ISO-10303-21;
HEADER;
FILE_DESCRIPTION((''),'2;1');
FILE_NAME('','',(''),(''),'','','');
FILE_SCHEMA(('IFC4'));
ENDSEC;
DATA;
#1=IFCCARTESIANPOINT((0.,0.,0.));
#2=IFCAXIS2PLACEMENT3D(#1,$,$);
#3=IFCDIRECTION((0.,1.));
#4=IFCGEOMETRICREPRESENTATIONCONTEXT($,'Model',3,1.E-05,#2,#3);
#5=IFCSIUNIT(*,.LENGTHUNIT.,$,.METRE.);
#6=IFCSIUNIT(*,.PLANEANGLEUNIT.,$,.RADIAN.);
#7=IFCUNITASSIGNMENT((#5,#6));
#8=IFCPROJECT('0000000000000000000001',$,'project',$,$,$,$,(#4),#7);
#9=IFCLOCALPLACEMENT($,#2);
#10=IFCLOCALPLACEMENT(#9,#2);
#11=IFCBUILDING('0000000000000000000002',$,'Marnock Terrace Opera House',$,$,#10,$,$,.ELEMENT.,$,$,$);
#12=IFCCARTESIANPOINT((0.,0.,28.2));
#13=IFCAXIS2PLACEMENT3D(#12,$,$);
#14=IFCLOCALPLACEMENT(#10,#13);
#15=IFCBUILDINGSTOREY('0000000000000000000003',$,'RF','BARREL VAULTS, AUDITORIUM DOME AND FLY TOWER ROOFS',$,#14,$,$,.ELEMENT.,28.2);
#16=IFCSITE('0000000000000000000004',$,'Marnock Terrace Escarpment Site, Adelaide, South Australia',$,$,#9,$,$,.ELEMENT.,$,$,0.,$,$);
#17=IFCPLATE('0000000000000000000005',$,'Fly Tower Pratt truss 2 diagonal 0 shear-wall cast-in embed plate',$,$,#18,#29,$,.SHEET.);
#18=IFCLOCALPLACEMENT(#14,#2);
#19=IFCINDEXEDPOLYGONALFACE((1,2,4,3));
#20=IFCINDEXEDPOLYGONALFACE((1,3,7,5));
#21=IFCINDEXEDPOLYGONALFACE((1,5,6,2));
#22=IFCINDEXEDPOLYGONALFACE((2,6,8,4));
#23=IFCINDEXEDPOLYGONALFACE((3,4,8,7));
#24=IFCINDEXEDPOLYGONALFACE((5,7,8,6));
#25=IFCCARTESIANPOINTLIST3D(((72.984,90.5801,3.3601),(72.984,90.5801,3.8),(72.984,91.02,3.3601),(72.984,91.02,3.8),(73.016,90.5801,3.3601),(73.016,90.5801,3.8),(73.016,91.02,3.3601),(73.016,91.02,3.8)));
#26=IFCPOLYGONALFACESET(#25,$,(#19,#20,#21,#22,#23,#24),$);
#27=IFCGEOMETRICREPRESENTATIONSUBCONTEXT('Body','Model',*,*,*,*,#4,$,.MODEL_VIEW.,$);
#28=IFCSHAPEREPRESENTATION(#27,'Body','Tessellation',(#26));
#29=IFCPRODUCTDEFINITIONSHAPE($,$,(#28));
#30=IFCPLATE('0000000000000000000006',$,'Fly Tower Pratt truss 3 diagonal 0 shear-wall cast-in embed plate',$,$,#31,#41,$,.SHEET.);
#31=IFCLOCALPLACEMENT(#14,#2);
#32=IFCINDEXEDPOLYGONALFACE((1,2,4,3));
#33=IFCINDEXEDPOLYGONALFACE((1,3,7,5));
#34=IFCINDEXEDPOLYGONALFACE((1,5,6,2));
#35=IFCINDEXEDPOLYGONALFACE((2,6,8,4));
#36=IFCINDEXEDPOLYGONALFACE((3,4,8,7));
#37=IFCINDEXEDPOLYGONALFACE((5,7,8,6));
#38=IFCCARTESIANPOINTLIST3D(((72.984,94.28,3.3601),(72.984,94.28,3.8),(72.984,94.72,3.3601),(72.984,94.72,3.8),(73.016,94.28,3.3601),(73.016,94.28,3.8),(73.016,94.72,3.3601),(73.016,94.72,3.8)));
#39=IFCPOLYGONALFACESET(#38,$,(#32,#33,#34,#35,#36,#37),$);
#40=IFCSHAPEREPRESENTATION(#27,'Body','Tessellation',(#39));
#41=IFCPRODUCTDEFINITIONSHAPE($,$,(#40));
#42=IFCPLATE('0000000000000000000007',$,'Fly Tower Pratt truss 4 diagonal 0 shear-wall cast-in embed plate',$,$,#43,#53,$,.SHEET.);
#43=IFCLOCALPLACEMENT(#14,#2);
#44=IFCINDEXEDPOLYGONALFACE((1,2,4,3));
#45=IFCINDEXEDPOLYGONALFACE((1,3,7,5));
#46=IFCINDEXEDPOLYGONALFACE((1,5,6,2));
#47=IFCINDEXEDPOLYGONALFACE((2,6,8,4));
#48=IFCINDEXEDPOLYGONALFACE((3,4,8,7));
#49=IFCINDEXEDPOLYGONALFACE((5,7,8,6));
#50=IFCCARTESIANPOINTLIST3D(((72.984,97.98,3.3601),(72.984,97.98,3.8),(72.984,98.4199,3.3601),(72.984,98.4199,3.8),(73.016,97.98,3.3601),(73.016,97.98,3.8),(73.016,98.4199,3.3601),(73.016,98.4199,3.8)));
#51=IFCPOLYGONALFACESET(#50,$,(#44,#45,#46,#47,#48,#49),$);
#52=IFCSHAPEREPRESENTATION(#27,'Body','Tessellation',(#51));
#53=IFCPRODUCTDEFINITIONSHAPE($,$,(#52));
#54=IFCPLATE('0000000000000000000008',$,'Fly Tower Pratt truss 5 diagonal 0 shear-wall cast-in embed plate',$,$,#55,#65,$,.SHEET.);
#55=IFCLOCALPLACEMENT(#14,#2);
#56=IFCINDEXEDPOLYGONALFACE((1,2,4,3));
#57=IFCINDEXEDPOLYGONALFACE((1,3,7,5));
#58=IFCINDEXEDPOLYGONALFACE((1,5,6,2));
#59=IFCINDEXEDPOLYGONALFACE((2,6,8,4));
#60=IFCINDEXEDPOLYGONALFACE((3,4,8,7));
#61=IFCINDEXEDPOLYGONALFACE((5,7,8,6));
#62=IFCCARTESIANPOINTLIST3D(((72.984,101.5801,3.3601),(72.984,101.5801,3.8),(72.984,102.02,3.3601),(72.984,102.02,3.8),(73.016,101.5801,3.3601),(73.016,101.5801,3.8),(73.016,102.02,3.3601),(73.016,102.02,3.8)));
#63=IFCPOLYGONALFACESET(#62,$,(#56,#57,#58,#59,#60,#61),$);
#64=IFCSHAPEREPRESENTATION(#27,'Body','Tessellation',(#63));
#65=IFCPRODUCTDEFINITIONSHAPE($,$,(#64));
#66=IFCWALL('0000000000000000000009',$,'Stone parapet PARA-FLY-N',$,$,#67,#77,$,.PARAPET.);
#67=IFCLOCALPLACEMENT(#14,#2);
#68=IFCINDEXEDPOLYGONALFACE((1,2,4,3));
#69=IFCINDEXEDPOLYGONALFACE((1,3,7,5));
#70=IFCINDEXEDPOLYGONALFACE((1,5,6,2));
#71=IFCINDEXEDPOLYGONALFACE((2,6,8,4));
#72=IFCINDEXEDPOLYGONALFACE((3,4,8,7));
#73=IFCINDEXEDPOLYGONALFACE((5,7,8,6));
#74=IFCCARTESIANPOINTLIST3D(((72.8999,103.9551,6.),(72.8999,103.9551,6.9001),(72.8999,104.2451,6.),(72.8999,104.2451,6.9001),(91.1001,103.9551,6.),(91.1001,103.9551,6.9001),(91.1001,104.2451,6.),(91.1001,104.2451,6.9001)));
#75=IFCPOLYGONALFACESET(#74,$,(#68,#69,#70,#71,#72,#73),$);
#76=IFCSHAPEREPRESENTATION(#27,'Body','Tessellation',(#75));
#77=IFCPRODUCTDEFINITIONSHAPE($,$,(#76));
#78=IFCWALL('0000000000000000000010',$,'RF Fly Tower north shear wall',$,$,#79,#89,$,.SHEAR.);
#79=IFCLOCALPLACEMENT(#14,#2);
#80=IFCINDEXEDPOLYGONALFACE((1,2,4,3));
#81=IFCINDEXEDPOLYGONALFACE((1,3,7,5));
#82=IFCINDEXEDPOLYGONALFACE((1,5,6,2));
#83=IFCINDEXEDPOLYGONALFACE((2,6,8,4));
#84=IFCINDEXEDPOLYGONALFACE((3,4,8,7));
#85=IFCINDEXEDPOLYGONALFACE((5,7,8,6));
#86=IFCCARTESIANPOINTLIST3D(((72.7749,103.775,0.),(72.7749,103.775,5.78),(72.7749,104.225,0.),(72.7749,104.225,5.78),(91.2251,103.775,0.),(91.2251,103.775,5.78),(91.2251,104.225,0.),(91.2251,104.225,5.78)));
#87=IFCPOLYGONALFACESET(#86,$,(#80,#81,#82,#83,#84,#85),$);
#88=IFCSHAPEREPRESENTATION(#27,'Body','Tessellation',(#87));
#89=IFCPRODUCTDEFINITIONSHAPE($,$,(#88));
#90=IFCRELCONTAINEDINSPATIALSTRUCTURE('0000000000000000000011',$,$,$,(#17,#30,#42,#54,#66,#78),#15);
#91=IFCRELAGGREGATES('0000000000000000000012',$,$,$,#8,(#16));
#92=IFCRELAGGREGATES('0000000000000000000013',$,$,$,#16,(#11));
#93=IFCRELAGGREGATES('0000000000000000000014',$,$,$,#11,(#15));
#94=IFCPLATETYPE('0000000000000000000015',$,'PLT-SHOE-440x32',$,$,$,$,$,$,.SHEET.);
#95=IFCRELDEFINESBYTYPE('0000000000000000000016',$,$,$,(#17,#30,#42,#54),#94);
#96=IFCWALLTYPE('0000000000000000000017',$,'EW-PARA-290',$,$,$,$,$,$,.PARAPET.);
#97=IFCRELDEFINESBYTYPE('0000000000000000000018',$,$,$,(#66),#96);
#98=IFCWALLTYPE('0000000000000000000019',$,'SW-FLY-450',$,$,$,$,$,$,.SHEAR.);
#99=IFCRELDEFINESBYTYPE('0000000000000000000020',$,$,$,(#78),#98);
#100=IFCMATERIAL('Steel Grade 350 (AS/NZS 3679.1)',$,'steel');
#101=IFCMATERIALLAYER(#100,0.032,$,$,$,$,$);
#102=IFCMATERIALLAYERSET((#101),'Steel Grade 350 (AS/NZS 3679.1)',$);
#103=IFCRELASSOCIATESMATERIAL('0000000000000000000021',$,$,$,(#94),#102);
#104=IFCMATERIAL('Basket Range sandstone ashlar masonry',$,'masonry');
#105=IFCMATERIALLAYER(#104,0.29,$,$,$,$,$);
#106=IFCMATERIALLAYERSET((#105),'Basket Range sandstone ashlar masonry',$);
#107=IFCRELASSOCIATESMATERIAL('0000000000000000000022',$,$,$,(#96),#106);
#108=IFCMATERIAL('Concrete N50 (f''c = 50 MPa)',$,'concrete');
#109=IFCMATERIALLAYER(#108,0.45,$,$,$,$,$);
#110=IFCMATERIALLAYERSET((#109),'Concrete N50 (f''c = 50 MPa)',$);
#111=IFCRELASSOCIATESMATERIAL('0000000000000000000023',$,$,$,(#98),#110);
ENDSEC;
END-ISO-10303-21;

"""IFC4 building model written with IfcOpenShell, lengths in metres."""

from ifc_helpers import new_model, si_unit, direction, frame, frame_2d, origin, origin_2d, place, context, subcontext, project, spatial, rectangle, extrude, material, layer, layer_set, type_object, element, save


model = new_model("IFC4")

# Units and contexts
model_context = context("Model", 3, precision=1e-05, world=origin(), true_north=direction((0.0, 1.0)))
body_context = subcontext(model_context, "Body", "Model", "MODEL_VIEW")
ifc_project = project(units=[si_unit("LENGTHUNIT", "METRE"), si_unit("PLANEANGLEUNIT", "RADIAN")], contexts=[model_context])

# Site, building, storey
site_placement = place(None, origin())
site = spatial("IfcSite", under=ifc_project, at=site_placement, Name="Marnock Terrace Escarpment Site, Adelaide, South Australia", CompositionType="ELEMENT", RefElevation=0.0)
building_placement = place(site_placement, origin())
building = spatial("IfcBuilding", under=site, at=building_placement, Name="Marnock Terrace Opera House", CompositionType="ELEMENT")
storey_placement = place(building_placement, frame((0.0, 0.0, 28.2)))
storey = spatial("IfcBuildingStorey", under=building, at=storey_placement, Name="RF", Description="BARREL VAULTS, AUDITORIUM DOME AND FLY TOWER ROOFS", CompositionType="ELEMENT", Elevation=28.2)

# Shared definitions
ifc_material_1 = material(Name="Steel Grade 350 (AS/NZS 3679.1)", Category="steel")

# Plates
ifc_layer_1 = layer(ifc_material_1, 0.032)
ifc_layer_set_1 = layer_set([ifc_layer_1], Name="Steel Grade 350 (AS/NZS 3679.1)")
plate_type = type_object("IfcPlateType", Name="PLT-SHOE-440x32", PredefinedType="SHEET", material=ifc_layer_set_1)
for number, where, z_axis, x_axis, name in (
    (1, (73.0, 90.8, 3.3601), (0.0, 0.0, 1.0), (1.0, 0.0, 0.0), "Fly Tower Pratt truss 2 diagonal 0 shear-wall cast-in embed plate"),
    (2, (73.0, 94.5, 3.3601), (0.0, 0.0, 1.0), (1.0, 0.0, 0.0), "Fly Tower Pratt truss 3 diagonal 0 shear-wall cast-in embed plate"),
    (3, (73.0, 98.2, 3.3601), (0.0, 0.0, 1.0), (1.0, 0.0, 0.0), "Fly Tower Pratt truss 4 diagonal 0 shear-wall cast-in embed plate"),
    (4, (73.0, 101.8, 3.3601), (0.0, 0.0, 1.0), (1.0, 0.0, 0.0), "Fly Tower Pratt truss 5 diagonal 0 shear-wall cast-in embed plate"),
):
    element("IfcPlate", number, at=place(storey_placement, frame(where, z_axis=z_axis, x_axis=x_axis)), inside=storey, type_object=plate_type, Name=name, PredefinedType="SHEET", context=body_context, shape_type="SweptSolid", body=[
        extrude(rectangle(XDim=0.032, YDim=0.4399, at=origin_2d()), origin(), (0.0, 0.0, 1.0), 0.4399),
    ])

# Walls
ifc_material_2 = material(Name="Basket Range sandstone ashlar masonry", Category="masonry")
ifc_layer_2 = layer(ifc_material_2, 0.29)
ifc_layer_set_2 = layer_set([ifc_layer_2], Name="Basket Range sandstone ashlar masonry")
wall_type_1 = type_object("IfcWallType", Name="EW-PARA-290", PredefinedType="PARAPET", material=ifc_layer_set_2)
wall_1_placement = place(storey_placement, frame((72.8999, 104.1001, 6.0), z_axis=(0.0, 0.0, 1.0), x_axis=(1.0, 0.0, 0.0)))
element("IfcWall", 5, at=wall_1_placement, inside=storey, type_object=wall_type_1, Name="Stone parapet PARA-FLY-N", PredefinedType="PARAPET", context=body_context, shape_type="SweptSolid", body=[
    extrude(rectangle(XDim=18.2002, YDim=0.29, at=frame_2d((9.1001, 0.0))), origin(), (0.0, 0.0, 1.0), 0.9001),
])
ifc_material_3 = material(Name="Concrete N50 (f'c = 50 MPa)", Category="concrete")
ifc_layer_3 = layer(ifc_material_3, 0.45)
ifc_layer_set_3 = layer_set([ifc_layer_3], Name="Concrete N50 (f'c = 50 MPa)")
wall_type_2 = type_object("IfcWallType", Name="SW-FLY-450", PredefinedType="SHEAR", material=ifc_layer_set_3)
wall_2_placement = place(storey_placement, frame((72.7749, 104.0, 0.0), z_axis=(0.0, 0.0, 1.0), x_axis=(1.0, 0.0, 0.0)))
element("IfcWall", 6, at=wall_2_placement, inside=storey, type_object=wall_type_2, Name="RF Fly Tower north shear wall", PredefinedType="SHEAR", context=body_context, shape_type="SweptSolid", body=[
    extrude(rectangle(XDim=18.4502, YDim=0.45, at=frame_2d((9.2251, 0.0))), origin(), (0.0, 0.0, 1.0), 5.78),
])

save(model, "model.ifc")
